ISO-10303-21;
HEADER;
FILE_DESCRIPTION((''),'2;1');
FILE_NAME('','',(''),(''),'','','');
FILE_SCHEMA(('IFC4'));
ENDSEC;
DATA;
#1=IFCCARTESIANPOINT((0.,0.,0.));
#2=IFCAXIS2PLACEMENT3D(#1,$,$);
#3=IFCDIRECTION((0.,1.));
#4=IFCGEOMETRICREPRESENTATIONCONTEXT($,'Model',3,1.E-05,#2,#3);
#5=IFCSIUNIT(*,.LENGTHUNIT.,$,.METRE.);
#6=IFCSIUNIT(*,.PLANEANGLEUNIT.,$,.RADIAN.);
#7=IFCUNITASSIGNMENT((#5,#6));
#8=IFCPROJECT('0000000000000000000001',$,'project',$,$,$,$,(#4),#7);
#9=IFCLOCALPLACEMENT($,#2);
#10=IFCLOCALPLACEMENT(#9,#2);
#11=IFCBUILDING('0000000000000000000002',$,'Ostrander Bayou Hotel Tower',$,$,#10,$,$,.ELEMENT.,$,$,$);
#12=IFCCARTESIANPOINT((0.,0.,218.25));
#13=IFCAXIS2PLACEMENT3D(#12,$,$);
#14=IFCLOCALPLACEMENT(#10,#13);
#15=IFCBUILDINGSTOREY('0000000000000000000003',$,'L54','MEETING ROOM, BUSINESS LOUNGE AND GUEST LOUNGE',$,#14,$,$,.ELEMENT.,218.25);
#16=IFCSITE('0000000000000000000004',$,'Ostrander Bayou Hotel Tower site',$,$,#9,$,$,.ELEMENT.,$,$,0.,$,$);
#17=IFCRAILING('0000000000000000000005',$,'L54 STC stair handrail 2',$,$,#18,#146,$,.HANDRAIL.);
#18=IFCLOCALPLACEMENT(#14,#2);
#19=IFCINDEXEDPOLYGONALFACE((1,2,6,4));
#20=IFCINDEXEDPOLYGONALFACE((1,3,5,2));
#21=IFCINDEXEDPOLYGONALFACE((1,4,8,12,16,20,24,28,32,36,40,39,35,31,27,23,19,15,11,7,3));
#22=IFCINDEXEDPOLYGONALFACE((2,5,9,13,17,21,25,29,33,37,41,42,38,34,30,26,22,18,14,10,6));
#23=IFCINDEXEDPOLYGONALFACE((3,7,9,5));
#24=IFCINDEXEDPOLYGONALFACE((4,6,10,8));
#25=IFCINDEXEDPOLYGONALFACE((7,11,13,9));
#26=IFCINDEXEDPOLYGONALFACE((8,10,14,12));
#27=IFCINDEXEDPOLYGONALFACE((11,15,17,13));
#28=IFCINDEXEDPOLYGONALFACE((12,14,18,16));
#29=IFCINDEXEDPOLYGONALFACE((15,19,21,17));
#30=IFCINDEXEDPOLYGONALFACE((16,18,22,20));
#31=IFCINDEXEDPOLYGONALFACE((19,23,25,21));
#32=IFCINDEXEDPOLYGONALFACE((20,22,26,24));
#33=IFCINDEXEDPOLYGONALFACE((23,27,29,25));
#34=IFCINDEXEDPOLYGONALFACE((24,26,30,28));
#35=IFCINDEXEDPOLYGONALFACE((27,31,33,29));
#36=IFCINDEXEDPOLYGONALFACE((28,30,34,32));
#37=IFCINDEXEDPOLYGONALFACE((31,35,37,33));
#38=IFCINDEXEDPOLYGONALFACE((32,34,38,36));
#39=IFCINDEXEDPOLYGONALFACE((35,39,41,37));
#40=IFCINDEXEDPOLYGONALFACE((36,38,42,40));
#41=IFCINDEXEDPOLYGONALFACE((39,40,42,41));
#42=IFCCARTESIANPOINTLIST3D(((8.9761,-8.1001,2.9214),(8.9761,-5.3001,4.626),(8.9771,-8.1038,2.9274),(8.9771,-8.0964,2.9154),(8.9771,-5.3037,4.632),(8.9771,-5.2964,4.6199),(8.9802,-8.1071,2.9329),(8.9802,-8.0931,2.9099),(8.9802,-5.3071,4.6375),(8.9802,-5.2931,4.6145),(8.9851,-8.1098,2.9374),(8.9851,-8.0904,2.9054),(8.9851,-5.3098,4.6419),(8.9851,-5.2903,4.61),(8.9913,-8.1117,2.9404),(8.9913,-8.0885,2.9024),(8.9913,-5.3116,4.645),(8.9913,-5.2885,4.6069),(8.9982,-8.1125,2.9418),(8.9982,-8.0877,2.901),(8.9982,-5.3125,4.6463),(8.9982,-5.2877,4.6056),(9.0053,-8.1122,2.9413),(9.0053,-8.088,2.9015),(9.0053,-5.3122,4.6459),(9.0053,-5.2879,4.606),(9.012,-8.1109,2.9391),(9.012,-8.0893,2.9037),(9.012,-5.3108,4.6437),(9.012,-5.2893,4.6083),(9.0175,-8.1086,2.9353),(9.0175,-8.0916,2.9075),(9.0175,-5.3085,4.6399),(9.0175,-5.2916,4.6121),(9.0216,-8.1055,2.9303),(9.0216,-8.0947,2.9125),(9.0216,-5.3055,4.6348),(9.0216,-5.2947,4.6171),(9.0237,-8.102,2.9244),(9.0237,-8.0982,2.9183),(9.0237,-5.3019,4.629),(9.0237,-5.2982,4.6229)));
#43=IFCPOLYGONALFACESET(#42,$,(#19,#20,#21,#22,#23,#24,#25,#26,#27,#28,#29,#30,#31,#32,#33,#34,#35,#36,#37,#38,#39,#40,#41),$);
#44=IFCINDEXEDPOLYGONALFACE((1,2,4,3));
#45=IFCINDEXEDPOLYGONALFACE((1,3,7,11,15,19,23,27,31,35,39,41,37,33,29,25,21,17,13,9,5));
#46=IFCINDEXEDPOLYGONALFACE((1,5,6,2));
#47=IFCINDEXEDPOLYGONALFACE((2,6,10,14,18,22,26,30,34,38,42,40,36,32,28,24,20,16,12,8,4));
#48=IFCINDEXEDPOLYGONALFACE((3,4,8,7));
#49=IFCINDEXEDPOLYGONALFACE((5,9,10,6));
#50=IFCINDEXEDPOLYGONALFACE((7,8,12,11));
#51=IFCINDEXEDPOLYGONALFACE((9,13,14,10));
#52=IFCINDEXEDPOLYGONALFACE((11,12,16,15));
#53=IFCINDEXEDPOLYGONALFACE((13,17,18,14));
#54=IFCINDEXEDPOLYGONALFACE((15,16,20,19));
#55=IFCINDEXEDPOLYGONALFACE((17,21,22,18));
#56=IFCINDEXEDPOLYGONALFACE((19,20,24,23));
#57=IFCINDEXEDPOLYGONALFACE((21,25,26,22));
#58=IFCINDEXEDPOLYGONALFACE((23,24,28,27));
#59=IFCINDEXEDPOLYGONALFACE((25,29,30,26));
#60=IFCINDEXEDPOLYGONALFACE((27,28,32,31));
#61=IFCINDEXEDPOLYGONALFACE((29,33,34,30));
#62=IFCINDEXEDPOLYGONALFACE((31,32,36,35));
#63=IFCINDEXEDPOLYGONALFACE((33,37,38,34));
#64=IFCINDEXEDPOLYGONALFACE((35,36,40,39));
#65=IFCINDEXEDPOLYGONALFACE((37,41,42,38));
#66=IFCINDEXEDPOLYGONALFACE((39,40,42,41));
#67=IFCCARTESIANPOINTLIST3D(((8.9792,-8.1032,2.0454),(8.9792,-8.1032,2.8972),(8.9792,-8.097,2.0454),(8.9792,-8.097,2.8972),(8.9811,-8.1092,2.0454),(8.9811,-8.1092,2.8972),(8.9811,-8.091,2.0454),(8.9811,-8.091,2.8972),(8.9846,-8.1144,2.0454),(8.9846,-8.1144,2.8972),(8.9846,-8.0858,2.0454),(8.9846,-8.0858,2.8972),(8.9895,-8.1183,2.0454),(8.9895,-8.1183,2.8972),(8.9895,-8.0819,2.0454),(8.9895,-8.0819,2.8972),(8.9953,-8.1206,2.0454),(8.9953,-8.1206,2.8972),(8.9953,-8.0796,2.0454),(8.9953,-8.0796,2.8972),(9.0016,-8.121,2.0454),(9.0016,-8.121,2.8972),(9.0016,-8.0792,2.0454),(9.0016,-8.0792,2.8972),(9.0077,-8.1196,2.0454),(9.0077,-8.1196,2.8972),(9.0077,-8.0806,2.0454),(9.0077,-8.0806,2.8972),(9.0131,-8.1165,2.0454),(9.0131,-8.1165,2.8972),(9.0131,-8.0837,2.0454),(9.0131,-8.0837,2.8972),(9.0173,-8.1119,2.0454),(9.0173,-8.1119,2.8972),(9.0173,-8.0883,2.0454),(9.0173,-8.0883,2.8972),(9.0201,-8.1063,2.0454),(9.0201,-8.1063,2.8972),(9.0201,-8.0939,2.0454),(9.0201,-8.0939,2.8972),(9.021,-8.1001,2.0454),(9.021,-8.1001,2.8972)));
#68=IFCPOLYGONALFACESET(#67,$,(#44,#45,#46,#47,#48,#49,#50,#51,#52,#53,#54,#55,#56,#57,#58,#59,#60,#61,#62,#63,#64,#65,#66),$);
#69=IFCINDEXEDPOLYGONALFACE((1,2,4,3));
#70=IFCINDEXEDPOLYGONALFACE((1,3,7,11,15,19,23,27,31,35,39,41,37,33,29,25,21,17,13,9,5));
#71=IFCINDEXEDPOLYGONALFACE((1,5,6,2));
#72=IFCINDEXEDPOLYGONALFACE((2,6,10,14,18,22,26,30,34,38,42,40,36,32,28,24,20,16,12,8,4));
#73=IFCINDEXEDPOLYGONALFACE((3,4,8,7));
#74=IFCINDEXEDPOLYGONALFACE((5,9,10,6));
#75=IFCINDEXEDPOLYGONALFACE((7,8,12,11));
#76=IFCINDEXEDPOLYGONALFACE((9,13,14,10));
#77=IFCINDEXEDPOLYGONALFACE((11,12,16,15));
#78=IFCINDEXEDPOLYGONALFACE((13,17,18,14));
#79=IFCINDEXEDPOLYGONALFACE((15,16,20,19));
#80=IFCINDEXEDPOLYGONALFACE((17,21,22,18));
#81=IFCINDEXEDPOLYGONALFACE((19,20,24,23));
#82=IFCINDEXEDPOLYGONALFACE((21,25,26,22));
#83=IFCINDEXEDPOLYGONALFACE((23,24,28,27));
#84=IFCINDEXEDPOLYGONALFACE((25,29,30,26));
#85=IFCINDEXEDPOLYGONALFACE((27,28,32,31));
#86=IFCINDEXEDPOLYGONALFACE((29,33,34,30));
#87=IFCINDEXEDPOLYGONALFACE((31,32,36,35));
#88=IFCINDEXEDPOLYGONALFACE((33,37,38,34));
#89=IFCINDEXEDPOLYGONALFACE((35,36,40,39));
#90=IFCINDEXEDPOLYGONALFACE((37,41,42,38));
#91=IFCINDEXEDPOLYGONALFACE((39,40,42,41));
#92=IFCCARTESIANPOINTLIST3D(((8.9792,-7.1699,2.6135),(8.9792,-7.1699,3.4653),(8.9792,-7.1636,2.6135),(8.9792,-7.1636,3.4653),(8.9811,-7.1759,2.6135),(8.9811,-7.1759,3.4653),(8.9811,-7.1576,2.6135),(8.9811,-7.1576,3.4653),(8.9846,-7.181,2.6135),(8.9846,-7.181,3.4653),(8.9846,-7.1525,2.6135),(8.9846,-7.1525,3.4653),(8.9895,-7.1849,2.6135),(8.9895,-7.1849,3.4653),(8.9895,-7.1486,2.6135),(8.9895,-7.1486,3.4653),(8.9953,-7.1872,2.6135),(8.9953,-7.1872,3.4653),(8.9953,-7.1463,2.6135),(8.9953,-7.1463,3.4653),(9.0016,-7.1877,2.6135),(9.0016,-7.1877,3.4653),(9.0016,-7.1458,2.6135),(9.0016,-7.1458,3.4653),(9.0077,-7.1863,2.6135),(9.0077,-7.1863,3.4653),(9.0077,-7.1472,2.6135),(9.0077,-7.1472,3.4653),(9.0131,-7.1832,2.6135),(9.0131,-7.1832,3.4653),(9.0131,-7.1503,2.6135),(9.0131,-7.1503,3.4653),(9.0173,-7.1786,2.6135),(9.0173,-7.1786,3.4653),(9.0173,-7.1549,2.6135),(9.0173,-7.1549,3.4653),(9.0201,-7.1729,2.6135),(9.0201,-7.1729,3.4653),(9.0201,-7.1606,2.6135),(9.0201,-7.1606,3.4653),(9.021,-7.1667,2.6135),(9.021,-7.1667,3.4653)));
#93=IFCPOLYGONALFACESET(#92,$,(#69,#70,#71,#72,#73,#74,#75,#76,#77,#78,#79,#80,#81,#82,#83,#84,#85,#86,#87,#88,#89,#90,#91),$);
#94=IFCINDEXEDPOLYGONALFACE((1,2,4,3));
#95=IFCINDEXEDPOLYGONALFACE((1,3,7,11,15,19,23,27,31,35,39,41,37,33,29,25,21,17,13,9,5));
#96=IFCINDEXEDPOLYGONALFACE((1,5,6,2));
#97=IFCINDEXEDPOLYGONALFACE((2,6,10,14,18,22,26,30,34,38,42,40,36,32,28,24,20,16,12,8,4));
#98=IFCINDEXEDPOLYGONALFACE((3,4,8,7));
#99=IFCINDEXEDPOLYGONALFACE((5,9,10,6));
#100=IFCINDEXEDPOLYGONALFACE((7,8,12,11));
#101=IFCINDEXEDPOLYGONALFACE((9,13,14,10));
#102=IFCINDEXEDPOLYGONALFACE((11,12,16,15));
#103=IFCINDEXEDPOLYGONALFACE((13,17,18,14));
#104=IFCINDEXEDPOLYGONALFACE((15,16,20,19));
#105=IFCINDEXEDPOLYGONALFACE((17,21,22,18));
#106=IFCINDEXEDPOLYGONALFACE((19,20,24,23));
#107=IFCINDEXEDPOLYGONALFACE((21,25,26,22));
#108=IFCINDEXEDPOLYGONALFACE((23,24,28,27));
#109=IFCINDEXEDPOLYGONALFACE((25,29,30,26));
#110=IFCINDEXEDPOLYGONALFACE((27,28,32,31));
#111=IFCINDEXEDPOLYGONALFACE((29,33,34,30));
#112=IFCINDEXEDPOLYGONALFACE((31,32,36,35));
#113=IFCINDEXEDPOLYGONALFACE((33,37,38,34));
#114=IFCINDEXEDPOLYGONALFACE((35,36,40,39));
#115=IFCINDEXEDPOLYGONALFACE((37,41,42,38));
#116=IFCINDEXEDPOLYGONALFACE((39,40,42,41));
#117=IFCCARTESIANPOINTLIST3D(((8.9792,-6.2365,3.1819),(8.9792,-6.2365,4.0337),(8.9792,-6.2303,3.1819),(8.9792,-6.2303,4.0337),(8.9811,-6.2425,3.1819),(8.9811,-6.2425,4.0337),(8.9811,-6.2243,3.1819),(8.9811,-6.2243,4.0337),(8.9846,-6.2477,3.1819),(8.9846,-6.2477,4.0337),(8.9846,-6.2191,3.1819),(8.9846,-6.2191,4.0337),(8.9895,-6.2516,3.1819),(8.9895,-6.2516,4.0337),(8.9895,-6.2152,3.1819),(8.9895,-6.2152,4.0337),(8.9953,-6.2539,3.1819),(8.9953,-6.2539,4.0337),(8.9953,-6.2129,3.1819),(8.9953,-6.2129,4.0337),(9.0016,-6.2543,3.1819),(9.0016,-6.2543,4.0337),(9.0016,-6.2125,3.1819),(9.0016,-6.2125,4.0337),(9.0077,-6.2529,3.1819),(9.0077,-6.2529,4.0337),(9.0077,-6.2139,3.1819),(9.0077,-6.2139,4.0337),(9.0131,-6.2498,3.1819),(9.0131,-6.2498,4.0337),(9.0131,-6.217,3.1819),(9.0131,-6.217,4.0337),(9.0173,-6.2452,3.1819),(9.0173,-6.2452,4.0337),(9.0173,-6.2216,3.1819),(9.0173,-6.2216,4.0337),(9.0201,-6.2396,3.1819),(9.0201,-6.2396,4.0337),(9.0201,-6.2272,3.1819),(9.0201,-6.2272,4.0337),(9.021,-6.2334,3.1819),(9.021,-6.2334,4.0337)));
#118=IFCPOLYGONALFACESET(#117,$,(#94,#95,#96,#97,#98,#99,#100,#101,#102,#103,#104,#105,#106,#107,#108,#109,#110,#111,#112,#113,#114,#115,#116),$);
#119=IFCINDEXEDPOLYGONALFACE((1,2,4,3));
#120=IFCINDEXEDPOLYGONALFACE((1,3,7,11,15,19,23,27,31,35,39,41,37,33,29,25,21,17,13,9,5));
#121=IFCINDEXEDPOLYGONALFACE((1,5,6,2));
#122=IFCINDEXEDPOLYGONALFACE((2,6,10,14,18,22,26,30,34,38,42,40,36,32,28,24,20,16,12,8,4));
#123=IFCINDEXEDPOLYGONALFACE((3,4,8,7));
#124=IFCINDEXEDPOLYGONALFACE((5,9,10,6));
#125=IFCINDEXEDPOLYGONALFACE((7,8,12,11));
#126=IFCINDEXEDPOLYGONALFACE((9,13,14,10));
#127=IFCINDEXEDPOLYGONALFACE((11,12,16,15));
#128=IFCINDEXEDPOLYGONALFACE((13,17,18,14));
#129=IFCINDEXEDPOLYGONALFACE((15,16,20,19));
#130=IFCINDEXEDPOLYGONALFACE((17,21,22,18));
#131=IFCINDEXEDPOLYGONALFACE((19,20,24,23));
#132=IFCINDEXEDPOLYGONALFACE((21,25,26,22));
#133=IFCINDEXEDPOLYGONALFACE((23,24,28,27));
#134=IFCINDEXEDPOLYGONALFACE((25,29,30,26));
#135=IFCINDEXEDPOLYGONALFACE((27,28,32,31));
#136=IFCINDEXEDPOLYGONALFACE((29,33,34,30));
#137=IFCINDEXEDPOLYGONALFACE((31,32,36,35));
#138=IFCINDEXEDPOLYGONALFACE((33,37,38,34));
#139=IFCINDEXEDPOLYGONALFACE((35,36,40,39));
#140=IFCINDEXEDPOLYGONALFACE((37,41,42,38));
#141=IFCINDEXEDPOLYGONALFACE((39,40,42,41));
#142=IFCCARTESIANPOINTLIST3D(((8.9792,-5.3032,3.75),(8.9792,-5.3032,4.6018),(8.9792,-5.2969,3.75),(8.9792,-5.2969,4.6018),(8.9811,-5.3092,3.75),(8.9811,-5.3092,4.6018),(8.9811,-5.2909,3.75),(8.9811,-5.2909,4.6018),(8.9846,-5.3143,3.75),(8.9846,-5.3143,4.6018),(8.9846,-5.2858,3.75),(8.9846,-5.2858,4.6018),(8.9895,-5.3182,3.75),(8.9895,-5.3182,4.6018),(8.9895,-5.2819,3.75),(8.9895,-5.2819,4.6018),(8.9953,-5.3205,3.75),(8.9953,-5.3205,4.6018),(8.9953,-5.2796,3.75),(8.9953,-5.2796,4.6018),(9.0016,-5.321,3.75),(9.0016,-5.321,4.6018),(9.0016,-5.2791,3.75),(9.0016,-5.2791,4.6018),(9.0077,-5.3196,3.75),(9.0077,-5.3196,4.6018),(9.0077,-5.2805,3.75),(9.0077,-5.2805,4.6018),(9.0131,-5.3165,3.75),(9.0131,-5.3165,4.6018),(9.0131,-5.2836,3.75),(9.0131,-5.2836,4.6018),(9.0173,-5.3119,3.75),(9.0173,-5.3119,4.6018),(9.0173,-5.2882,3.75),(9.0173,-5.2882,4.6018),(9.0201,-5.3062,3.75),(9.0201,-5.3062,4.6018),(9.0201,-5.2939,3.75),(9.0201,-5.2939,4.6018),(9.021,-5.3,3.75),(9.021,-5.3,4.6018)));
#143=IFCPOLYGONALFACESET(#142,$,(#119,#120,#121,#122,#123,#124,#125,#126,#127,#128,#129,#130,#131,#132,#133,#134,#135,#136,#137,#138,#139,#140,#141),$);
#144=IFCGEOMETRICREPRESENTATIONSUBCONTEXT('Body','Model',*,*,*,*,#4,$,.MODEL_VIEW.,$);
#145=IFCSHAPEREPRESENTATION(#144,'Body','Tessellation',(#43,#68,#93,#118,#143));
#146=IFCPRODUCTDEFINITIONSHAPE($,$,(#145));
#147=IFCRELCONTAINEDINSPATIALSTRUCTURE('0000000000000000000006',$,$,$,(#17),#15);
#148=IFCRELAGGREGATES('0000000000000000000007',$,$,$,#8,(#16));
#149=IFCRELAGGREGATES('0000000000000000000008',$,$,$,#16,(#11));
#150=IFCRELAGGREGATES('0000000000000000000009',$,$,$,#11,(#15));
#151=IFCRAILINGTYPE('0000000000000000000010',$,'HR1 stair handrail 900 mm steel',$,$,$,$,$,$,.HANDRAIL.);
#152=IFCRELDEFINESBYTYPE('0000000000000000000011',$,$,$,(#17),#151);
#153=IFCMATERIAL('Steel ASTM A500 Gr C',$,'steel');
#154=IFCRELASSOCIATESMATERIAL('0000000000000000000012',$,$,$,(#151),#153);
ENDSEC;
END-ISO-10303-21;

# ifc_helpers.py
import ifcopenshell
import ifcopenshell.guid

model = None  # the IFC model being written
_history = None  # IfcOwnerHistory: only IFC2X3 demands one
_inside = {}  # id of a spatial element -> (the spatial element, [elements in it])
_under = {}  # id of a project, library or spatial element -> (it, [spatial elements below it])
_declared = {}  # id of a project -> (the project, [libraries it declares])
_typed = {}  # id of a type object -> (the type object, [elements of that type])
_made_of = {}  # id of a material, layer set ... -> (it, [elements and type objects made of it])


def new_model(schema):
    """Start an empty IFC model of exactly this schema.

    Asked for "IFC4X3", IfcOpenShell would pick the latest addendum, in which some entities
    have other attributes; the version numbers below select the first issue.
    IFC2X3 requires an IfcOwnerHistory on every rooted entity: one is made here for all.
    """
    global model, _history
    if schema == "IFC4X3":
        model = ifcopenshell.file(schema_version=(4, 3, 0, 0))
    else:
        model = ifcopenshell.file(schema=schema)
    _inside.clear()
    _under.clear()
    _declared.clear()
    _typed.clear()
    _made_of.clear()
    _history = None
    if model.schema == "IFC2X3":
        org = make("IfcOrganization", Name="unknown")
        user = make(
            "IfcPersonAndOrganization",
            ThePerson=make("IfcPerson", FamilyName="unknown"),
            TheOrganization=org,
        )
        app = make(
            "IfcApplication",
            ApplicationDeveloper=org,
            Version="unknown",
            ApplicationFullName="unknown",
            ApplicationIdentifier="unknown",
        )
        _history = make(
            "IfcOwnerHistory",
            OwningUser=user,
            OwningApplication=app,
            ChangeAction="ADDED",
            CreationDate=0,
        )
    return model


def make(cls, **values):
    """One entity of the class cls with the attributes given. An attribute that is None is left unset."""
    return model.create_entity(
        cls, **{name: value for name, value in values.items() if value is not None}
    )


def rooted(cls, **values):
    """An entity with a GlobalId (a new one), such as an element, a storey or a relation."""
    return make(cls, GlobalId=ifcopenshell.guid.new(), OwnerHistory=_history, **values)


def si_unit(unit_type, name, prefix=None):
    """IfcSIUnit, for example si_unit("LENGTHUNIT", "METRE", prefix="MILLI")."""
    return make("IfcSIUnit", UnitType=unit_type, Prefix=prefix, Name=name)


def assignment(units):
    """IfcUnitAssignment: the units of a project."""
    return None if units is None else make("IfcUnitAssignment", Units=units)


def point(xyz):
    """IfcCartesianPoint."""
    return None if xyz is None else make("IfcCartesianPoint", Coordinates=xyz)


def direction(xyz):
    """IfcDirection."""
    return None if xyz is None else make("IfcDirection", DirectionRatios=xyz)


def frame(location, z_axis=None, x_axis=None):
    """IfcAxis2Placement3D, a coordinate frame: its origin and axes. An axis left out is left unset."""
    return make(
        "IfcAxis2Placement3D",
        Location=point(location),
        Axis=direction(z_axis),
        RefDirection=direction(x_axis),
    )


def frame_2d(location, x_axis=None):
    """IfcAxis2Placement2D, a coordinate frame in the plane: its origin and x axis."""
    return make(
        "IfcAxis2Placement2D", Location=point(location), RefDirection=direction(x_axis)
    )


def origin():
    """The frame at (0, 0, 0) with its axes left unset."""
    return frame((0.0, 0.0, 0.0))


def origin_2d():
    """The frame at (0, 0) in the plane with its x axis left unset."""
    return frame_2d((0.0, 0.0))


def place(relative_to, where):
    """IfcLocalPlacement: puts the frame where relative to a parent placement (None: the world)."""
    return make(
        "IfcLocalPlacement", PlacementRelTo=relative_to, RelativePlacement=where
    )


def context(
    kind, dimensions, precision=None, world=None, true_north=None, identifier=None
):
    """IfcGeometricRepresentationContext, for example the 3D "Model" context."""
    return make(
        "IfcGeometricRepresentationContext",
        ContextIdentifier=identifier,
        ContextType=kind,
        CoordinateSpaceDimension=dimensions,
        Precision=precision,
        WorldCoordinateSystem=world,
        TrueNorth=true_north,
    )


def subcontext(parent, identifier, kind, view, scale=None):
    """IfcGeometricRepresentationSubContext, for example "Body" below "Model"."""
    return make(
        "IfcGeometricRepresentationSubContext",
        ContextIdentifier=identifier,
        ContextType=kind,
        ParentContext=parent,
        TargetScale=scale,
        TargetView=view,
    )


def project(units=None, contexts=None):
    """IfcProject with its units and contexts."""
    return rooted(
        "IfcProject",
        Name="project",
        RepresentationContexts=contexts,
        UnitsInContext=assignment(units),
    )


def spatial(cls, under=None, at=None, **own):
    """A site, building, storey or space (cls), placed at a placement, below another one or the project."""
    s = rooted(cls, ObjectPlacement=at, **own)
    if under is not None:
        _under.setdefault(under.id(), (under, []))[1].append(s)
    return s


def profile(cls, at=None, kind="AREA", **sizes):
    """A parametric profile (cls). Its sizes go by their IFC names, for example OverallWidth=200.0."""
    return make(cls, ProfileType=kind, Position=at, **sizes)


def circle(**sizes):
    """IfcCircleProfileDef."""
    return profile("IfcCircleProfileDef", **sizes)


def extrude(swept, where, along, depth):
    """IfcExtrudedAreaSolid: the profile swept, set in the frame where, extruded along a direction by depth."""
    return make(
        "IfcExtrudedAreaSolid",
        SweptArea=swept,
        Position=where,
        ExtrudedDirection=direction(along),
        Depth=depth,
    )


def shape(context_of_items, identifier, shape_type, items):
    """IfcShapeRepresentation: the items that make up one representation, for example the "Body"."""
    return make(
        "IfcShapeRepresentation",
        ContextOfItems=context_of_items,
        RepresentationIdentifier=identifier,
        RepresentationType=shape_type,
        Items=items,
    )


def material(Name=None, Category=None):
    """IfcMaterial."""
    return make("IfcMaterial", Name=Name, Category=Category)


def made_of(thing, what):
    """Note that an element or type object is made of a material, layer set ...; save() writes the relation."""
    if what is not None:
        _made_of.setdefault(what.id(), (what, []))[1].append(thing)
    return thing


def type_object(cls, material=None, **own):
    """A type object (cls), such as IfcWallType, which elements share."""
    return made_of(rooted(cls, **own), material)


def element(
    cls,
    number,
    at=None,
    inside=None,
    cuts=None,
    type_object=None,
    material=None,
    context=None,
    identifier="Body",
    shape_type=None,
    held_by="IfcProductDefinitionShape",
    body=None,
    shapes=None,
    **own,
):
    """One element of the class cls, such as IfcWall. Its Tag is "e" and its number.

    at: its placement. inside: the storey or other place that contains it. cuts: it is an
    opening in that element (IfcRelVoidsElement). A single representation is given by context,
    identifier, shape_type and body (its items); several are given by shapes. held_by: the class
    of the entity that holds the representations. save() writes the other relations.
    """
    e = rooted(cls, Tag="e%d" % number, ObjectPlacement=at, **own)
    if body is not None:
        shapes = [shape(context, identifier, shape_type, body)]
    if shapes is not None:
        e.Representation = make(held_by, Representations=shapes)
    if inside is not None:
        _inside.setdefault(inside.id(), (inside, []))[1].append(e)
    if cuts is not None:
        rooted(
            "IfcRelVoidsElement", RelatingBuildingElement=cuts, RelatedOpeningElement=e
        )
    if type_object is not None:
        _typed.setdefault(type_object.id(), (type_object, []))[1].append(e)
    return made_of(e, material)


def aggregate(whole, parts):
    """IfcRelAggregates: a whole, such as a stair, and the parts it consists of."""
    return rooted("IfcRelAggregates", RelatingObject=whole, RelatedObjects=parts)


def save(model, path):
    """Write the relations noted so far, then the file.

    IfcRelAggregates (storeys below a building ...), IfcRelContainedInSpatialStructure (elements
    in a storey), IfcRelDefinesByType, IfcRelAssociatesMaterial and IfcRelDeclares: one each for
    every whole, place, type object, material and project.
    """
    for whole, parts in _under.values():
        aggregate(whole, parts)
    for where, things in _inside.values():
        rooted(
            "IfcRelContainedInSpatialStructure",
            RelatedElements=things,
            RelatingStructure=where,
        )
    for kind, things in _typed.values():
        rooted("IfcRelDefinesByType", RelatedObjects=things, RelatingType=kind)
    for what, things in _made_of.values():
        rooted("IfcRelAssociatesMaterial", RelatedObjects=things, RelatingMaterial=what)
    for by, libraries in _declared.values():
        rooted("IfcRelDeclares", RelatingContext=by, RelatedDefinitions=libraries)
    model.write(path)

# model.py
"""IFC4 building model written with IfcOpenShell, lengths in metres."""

from ifc_helpers import new_model, si_unit, direction, frame, origin, origin_2d, place, context, subcontext, project, spatial, circle, extrude, material, type_object, element, save


model = new_model("IFC4")

# Units and contexts
model_context = context("Model", 3, precision=1e-05, world=origin(), true_north=direction((0.0, 1.0)))
body_context = subcontext(model_context, "Body", "Model", "MODEL_VIEW")
ifc_project = project(units=[si_unit("LENGTHUNIT", "METRE"), si_unit("PLANEANGLEUNIT", "RADIAN")], contexts=[model_context])

# Site, building, storey
site_placement = place(None, origin())
site = spatial("IfcSite", under=ifc_project, at=site_placement, Name="Ostrander Bayou Hotel Tower site", CompositionType="ELEMENT", RefElevation=0.0)
building_placement = place(site_placement, origin())
building = spatial("IfcBuilding", under=site, at=building_placement, Name="Ostrander Bayou Hotel Tower", CompositionType="ELEMENT")
storey_placement = place(building_placement, frame((0.0, 0.0, 218.25)))
storey = spatial("IfcBuildingStorey", under=building, at=storey_placement, Name="L54", Description="MEETING ROOM, BUSINESS LOUNGE AND GUEST LOUNGE", CompositionType="ELEMENT", Elevation=218.25)

# Railing
ifc_material_1 = material(Name="Steel ASTM A500 Gr C", Category="steel")
railing_type_1 = type_object("IfcRailingType", Name="HR1 stair handrail 900 mm steel", PredefinedType="HANDRAIL", material=ifc_material_1)
railing_1_placement = place(storey_placement, frame((9.0, -8.1001, 2.0454)))
element("IfcRailing", 1, at=railing_1_placement, inside=storey, type_object=railing_type_1, Name="L54 STC stair handrail 2", PredefinedType="HANDRAIL", context=body_context, shape_type="SweptSolid", body=[
    extrude(circle(Radius=0.0239, at=origin_2d()), frame((0.0, 0.0, 0.876), z_axis=(0.0, 0.85417, 0.519994), x_axis=(-1.0, 0.0, 0.0)), (0.0, 0.0, 1.0), 3.2781),
    extrude(circle(Radius=0.021, at=origin_2d()), origin(), (0.0, 0.0, 1.0), 0.8518),
    extrude(circle(Radius=0.021, at=origin_2d()), frame((0.0, 0.9333, 0.5681)), (0.0, 0.0, 1.0), 0.8518),
    extrude(circle(Radius=0.021, at=origin_2d()), frame((0.0, 1.8667, 1.1365)), (0.0, 0.0, 1.0), 0.8518),
    extrude(circle(Radius=0.021, at=origin_2d()), frame((0.0, 2.8, 1.7046)), (0.0, 0.0, 1.0), 0.8518),
])

save(model, "model.ifc")
